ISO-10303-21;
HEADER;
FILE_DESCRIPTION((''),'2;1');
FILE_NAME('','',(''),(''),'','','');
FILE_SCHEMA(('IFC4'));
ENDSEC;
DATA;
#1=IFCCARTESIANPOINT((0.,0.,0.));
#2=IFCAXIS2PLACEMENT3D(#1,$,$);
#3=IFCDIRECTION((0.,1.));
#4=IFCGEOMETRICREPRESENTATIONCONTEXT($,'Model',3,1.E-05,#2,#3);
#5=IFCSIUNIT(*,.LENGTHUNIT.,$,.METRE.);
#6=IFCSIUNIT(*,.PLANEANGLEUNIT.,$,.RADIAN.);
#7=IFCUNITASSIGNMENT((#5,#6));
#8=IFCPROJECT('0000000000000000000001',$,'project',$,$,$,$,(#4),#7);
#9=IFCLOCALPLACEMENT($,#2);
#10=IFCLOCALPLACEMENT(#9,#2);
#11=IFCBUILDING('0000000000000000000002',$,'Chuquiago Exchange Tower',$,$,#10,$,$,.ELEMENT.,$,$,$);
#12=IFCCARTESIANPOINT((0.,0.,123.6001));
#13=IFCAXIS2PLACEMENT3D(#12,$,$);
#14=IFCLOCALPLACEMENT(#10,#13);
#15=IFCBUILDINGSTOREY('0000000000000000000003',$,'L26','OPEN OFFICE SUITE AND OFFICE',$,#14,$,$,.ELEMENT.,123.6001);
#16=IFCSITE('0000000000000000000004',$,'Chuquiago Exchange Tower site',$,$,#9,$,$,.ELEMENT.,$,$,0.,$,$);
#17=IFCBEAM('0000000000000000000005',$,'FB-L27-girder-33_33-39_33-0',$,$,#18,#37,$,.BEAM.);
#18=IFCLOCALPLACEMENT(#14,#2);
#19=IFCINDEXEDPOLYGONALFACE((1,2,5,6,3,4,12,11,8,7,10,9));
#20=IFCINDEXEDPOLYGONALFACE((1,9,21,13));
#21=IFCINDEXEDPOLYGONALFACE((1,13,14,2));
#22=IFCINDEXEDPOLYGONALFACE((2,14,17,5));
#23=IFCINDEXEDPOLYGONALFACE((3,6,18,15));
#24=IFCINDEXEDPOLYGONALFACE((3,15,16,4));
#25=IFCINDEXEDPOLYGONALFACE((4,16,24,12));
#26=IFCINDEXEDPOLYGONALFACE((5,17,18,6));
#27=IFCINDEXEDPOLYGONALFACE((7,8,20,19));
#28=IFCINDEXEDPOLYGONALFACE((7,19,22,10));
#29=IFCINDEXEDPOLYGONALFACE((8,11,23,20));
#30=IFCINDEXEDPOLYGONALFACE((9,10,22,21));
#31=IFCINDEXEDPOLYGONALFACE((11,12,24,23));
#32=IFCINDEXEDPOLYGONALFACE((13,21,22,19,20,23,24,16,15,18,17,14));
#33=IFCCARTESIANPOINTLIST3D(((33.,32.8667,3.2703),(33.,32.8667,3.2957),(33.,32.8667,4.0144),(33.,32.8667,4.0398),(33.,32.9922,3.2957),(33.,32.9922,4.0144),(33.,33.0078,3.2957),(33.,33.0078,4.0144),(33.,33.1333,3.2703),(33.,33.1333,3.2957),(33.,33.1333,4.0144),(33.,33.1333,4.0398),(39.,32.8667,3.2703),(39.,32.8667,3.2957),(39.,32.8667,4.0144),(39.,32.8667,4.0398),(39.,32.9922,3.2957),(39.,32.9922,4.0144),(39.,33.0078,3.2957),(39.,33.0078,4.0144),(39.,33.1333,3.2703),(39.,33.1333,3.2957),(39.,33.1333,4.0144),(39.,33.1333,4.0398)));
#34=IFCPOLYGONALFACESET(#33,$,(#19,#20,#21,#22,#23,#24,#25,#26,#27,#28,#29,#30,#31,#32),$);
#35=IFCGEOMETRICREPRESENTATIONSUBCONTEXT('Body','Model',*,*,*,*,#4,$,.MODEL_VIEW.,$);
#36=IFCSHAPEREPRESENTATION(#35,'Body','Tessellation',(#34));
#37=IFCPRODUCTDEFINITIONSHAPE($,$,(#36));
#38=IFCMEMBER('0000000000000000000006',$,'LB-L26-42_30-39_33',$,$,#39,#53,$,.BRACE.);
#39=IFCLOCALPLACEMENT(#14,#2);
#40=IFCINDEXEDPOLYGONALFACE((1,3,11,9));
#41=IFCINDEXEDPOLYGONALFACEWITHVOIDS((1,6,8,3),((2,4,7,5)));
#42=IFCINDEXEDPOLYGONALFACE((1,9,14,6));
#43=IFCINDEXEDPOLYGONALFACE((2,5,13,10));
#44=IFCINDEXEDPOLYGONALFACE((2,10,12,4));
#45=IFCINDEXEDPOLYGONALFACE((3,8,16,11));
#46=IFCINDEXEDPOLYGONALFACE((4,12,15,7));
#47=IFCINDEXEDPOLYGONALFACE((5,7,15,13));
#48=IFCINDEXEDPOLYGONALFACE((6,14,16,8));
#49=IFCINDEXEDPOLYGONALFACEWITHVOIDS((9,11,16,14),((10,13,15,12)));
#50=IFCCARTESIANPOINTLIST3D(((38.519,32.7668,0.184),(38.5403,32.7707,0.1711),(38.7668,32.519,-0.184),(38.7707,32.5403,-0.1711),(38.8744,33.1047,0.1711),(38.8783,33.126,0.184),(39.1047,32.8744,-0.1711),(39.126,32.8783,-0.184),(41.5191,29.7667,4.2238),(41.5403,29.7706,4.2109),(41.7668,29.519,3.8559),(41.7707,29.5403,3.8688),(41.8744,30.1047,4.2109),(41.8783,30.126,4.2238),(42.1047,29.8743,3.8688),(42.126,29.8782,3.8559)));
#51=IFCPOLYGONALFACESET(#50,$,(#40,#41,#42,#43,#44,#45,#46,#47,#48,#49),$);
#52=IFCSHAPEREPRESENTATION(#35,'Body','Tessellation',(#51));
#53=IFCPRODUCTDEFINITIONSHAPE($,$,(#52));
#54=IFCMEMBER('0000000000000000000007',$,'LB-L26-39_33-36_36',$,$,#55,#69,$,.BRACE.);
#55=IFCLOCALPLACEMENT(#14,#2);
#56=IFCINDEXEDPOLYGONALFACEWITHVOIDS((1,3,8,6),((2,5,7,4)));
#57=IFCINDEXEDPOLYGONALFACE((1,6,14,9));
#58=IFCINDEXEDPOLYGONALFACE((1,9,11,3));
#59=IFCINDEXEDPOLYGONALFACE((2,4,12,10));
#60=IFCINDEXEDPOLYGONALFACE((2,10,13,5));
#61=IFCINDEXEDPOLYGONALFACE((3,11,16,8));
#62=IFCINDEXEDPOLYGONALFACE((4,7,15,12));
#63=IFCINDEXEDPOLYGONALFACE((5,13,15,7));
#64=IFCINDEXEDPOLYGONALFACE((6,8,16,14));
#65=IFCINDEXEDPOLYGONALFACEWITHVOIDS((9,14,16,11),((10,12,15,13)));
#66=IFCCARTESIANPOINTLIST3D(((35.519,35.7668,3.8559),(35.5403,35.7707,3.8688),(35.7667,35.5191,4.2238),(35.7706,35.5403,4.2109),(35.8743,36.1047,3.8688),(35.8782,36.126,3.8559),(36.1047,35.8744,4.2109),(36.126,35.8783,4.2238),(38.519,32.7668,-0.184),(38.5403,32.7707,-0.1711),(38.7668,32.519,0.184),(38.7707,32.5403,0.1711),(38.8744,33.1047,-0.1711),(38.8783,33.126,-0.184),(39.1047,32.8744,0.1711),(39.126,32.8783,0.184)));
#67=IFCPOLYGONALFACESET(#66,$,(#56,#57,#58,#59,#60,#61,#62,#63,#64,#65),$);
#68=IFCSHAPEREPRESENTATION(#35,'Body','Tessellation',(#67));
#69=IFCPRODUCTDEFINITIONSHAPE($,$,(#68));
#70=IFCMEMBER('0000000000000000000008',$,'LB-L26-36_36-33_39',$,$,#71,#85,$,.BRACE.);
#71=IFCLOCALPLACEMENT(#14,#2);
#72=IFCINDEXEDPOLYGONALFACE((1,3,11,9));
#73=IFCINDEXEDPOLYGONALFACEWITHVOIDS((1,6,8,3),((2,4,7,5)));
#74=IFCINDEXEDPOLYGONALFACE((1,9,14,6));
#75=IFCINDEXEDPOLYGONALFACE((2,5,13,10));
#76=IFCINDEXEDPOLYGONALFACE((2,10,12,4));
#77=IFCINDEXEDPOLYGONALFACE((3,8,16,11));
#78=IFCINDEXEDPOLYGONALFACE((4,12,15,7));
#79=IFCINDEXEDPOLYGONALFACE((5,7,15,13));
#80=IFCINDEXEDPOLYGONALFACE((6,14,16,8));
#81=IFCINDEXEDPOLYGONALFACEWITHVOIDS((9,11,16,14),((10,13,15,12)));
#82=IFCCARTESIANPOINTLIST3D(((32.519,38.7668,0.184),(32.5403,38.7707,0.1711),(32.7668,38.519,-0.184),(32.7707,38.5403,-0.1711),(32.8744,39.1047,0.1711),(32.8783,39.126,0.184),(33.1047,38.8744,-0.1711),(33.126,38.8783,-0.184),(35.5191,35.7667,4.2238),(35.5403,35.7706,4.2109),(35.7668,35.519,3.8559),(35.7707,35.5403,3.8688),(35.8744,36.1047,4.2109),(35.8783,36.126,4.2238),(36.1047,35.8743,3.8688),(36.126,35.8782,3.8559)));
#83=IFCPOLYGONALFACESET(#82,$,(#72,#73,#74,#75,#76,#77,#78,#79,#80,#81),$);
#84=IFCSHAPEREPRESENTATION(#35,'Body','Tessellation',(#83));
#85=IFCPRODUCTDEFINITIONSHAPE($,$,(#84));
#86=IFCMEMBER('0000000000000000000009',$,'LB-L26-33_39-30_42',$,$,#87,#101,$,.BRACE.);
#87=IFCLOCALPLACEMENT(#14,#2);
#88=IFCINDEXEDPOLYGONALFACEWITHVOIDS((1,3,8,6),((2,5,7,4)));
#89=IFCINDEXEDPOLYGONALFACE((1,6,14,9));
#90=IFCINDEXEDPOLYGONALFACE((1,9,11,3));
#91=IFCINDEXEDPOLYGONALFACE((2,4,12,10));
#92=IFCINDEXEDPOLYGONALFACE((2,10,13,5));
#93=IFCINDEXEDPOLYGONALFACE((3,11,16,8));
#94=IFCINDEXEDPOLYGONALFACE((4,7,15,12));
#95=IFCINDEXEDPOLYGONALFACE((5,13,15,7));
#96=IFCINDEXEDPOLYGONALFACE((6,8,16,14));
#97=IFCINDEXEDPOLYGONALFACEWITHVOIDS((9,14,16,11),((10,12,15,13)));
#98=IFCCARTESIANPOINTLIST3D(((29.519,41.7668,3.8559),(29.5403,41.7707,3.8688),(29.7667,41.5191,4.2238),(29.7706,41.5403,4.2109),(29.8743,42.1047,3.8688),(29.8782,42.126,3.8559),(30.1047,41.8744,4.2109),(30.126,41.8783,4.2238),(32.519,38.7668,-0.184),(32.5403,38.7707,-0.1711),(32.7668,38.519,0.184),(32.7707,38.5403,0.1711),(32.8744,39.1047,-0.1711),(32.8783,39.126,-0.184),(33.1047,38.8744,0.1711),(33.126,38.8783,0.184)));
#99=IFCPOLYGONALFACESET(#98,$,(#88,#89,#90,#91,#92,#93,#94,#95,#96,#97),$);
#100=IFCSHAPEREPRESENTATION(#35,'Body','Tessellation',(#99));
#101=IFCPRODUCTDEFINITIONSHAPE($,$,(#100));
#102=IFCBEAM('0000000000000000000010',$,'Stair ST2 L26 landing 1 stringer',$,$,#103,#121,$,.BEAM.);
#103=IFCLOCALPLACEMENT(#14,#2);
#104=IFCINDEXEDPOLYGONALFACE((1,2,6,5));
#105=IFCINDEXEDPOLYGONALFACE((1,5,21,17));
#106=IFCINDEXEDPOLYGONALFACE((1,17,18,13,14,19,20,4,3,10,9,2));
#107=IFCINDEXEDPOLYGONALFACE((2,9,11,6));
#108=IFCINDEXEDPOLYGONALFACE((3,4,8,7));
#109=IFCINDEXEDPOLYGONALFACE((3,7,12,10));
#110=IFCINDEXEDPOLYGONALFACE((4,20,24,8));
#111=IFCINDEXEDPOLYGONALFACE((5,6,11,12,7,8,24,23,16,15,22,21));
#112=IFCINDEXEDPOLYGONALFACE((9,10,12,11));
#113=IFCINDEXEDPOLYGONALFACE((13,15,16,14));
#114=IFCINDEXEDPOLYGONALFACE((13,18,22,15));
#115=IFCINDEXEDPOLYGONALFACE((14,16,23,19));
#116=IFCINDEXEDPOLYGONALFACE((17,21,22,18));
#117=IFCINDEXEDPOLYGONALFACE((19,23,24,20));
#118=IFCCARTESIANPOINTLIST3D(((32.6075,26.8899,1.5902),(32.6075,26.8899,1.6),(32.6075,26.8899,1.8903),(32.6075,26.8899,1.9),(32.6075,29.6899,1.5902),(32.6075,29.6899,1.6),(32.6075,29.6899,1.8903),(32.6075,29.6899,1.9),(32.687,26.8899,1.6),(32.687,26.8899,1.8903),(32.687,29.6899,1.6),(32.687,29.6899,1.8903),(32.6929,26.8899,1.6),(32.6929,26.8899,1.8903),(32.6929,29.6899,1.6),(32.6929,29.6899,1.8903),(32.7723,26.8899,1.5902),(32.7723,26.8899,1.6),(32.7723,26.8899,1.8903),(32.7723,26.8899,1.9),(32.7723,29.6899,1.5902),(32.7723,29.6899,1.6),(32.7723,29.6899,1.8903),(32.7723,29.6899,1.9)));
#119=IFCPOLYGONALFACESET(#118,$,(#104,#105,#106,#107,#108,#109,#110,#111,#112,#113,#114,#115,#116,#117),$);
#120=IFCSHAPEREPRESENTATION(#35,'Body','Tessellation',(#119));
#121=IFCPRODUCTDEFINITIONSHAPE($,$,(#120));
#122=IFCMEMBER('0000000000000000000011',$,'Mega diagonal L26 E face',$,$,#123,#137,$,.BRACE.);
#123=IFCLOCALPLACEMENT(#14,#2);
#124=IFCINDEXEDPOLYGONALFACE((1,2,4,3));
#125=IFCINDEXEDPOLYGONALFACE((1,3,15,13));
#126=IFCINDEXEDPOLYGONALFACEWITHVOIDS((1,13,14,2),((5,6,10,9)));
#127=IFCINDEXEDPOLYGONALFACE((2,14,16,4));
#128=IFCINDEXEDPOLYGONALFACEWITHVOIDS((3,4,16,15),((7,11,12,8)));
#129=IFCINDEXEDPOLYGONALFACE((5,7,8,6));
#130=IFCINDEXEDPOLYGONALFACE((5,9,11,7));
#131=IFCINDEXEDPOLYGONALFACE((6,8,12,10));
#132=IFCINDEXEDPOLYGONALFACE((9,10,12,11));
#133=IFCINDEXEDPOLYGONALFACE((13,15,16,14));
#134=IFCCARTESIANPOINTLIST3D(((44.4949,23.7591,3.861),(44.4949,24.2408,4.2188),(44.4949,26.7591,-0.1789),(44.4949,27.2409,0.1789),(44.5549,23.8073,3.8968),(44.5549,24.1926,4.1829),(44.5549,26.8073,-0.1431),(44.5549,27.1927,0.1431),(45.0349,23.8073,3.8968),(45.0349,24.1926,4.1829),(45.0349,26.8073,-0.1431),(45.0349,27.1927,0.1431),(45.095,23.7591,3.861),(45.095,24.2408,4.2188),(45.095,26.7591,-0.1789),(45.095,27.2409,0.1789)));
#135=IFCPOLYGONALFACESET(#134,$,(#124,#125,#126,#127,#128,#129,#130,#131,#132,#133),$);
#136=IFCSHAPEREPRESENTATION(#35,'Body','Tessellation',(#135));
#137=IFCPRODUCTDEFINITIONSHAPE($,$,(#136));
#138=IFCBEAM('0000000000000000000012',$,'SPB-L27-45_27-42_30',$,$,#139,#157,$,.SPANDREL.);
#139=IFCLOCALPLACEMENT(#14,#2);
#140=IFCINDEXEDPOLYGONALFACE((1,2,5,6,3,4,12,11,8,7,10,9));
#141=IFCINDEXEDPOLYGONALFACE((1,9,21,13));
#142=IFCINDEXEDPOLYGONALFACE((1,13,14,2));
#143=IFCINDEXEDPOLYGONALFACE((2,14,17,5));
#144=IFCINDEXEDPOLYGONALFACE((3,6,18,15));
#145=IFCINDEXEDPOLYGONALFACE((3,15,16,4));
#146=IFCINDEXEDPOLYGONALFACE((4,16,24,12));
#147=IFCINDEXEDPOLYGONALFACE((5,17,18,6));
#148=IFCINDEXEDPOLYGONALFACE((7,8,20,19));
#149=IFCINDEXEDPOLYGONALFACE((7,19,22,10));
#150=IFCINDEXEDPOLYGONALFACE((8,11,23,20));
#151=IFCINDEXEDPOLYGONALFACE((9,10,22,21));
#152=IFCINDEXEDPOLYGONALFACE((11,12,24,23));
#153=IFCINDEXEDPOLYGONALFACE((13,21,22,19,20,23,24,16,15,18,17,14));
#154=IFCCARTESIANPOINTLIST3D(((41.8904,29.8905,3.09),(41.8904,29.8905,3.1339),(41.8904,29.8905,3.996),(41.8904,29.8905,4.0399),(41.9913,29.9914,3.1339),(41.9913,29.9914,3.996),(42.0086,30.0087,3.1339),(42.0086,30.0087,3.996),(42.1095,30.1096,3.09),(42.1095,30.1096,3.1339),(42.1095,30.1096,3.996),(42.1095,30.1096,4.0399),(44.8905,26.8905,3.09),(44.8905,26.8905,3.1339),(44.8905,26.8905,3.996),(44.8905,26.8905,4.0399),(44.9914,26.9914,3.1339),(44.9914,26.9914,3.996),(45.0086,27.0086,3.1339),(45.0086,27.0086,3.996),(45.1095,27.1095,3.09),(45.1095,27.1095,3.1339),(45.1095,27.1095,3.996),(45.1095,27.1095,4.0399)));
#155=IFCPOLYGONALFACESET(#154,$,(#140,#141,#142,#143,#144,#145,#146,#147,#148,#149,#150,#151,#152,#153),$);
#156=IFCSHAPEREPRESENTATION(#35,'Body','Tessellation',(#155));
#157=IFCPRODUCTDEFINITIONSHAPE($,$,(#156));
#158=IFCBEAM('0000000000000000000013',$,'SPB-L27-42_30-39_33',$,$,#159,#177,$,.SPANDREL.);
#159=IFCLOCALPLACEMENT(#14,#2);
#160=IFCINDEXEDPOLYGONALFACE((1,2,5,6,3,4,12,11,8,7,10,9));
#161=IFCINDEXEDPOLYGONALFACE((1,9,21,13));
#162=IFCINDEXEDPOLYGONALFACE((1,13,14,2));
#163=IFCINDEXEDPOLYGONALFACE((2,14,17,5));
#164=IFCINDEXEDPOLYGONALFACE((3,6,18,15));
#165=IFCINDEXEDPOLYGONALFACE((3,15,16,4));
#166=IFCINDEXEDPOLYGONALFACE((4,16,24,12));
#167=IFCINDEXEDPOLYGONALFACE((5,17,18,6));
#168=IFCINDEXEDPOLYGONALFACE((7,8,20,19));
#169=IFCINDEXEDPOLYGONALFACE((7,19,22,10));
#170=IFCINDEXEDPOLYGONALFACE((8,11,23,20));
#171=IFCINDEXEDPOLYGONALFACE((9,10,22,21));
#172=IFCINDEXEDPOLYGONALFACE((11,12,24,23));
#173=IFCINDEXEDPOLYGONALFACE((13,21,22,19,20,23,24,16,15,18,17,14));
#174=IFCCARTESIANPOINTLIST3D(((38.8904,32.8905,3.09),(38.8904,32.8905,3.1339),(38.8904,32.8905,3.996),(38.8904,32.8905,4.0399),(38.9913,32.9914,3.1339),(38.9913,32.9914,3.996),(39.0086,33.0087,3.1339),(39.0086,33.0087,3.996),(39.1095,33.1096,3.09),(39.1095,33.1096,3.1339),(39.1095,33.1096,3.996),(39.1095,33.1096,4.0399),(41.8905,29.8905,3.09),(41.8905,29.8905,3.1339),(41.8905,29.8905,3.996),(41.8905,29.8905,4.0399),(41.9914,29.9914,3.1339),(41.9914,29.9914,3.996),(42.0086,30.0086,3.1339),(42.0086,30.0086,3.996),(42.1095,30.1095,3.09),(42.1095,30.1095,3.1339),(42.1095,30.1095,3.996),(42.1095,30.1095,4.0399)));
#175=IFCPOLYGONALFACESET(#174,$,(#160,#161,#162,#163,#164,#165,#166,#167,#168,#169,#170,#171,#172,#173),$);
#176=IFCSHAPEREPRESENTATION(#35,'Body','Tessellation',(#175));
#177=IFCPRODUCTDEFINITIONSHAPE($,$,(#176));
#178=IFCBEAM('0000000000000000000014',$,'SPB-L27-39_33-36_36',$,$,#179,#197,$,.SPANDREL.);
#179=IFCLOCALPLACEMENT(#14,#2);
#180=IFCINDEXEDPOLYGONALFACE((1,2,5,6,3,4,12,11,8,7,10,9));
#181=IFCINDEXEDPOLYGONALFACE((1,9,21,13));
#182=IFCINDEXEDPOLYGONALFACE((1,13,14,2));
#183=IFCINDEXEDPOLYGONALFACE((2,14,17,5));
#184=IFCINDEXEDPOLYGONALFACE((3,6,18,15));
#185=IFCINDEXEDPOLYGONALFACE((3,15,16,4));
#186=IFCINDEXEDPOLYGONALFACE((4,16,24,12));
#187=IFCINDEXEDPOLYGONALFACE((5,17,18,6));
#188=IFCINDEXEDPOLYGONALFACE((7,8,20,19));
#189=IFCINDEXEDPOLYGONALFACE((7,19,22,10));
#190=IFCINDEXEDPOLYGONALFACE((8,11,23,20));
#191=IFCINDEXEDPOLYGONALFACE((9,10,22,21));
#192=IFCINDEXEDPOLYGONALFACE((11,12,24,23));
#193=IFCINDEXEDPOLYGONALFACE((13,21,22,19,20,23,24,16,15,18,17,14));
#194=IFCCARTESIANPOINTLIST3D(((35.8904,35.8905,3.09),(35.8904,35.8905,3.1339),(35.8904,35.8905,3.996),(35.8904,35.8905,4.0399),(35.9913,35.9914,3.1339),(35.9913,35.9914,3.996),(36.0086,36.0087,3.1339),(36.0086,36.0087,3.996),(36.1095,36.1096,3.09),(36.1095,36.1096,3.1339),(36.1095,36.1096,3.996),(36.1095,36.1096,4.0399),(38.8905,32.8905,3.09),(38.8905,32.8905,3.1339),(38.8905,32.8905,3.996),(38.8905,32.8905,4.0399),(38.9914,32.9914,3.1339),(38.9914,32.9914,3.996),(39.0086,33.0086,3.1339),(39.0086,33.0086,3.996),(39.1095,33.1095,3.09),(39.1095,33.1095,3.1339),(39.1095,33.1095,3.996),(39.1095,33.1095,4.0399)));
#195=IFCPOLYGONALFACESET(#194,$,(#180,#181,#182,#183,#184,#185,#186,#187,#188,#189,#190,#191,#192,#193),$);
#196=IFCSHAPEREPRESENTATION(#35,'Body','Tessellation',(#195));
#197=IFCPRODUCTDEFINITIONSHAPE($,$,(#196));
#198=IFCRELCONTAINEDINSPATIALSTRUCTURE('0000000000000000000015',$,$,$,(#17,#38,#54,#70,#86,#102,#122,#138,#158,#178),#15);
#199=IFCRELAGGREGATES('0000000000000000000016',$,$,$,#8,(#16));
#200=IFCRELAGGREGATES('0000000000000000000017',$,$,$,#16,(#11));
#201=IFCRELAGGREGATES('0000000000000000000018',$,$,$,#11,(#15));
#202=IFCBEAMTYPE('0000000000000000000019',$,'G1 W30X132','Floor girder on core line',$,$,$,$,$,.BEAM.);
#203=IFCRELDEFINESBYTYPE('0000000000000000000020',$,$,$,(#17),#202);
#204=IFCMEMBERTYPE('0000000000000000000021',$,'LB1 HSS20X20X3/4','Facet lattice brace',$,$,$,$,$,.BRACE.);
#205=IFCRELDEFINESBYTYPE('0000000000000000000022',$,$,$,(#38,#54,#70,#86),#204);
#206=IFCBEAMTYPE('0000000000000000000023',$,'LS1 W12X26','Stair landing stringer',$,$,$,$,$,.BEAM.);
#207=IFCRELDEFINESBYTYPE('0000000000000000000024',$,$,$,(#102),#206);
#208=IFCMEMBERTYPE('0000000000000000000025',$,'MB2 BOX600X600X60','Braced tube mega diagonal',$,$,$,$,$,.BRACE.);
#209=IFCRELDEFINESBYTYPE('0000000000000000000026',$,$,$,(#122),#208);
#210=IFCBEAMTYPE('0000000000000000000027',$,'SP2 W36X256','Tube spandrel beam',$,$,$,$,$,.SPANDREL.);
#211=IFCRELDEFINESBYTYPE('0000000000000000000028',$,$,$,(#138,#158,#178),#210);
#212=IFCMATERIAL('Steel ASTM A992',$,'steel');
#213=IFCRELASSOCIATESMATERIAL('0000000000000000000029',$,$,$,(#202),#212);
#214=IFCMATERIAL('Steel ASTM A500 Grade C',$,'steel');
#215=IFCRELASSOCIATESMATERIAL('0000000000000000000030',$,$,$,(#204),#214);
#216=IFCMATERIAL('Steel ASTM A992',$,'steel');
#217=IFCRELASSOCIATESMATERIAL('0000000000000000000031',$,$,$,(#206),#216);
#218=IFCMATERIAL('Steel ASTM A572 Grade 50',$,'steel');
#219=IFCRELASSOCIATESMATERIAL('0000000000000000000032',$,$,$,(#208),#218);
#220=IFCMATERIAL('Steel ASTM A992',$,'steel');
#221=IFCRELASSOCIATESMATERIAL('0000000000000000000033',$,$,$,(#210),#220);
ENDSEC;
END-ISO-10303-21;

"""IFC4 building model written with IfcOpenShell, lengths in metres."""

from ifc_helpers import new_model, si_unit, direction, frame, origin, origin_2d, place, context, subcontext, project, spatial, hollow_rectangle, i_section, extrude, material, material_profile, profile_set, type_object, element, save


model = new_model("IFC4")

# Units and contexts
model_context = context("Model", 3, precision=1e-05, world=origin(), true_north=direction((0.0, 1.0)))
body_context = subcontext(model_context, "Body", "Model", "MODEL_VIEW")
ifc_project = project(units=[si_unit("LENGTHUNIT", "METRE"), si_unit("PLANEANGLEUNIT", "RADIAN")], contexts=[model_context])

# Site, building, storey
site_placement = place(None, origin())
site = spatial("IfcSite", under=ifc_project, at=site_placement, Name="Chuquiago Exchange Tower site", CompositionType="ELEMENT", RefElevation=0.0)
building_placement = place(site_placement, origin())
building = spatial("IfcBuilding", under=site, at=building_placement, Name="Chuquiago Exchange Tower", CompositionType="ELEMENT")
storey_placement = place(building_placement, frame((0.0, 0.0, 123.6001)))
storey = spatial("IfcBuildingStorey", under=building, at=storey_placement, Name="L26", Description="OPEN OFFICE SUITE AND OFFICE", CompositionType="ELEMENT", Elevation=123.6001)

# Beam
ifc_material_1 = material(Name="Steel ASTM A992", Category="steel")
ifc_material_profile_1 = material_profile(ifc_material_1, i_section(OverallWidth=0.2666, OverallDepth=0.7695, WebThickness=0.0156, FlangeThickness=0.0254, at=origin_2d()), Name="W30X132")
ifc_profile_set_1 = profile_set([ifc_material_profile_1], Name="Steel ASTM A992")
beam_type_1 = type_object("IfcBeamType", Name="G1 W30X132", Description="Floor girder on core line", PredefinedType="BEAM", material=ifc_profile_set_1)
for number, where, z_axis, x_axis, name in (
    (1, (33.0, 33.0, 3.655), (1.0, 0.0, 0.0), (0.0, 1.0, 0.0), "FB-L27-girder-33_33-39_33-0"),
):
    element("IfcBeam", number, at=place(storey_placement, frame(where, z_axis=z_axis, x_axis=x_axis)), inside=storey, type_object=beam_type_1, Name=name, PredefinedType="BEAM", context=body_context, shape_type="SweptSolid", body=[
        extrude(i_section(OverallWidth=0.2666, OverallDepth=0.7695, WebThickness=0.0156, FlangeThickness=0.0254, at=origin_2d()), origin(), (0.0, 0.0, 1.0), 6.0),
    ])

# Members
ifc_material_2 = material(Name="Steel ASTM A500 Grade C", Category="steel")
ifc_material_profile_2 = material_profile(ifc_material_2, hollow_rectangle(XDim=0.5081, YDim=0.5081, WallThickness=0.0178, at=origin_2d()), Name="HSS20X20X3/4")
ifc_profile_set_2 = profile_set([ifc_material_profile_2], Name="Steel ASTM A500 Grade C")
member_type_1 = type_object("IfcMemberType", Name="LB1 HSS20X20X3/4", Description="Facet lattice brace", PredefinedType="BRACE", material=ifc_profile_set_2)
for number, where, z_axis, x_axis, name in (
    (2, (38.8225, 32.8225, 0.0), (0.512092, -0.512092, 0.689582), (0.707107, 0.707107, 0.0), "LB-L26-42_30-39_33"),
    (3, (38.8225, 32.8225, 0.0), (-0.512092, 0.512092, 0.689582), (-0.707107, -0.707107, 0.0), "LB-L26-39_33-36_36"),
    (4, (32.8225, 38.8225, 0.0), (0.512092, -0.512092, 0.689582), (0.707107, 0.707107, 0.0), "LB-L26-36_36-33_39"),
    (5, (32.8225, 38.8225, 0.0), (-0.512092, 0.512092, 0.689582), (-0.707107, -0.707107, 0.0), "LB-L26-33_39-30_42"),
):
    element("IfcMember", number, at=place(storey_placement, frame(where, z_axis=z_axis, x_axis=x_axis)), inside=storey, type_object=member_type_1, Name=name, PredefinedType="BRACE", context=body_context, shape_type="SweptSolid", body=[
        extrude(hollow_rectangle(XDim=0.5081, YDim=0.5081, WallThickness=0.0178, at=origin_2d()), origin(), (0.0, 0.0, 1.0), 5.8584),
    ])

# Beam
ifc_material_3 = material(Name="Steel ASTM A992", Category="steel")
ifc_material_profile_3 = material_profile(ifc_material_3, i_section(OverallWidth=0.1648, OverallDepth=0.3098, WebThickness=0.0059, FlangeThickness=0.0098, at=origin_2d()), Name="W12X26")
ifc_profile_set_3 = profile_set([ifc_material_profile_3], Name="Steel ASTM A992")
beam_type_2 = type_object("IfcBeamType", Name="LS1 W12X26", Description="Stair landing stringer", PredefinedType="BEAM", material=ifc_profile_set_3)
beam_1_placement = place(storey_placement, frame((32.6899, 26.8899, 1.7451), z_axis=(0.0, 1.0, 0.0), x_axis=(-1.0, 0.0, 0.0)))
element("IfcBeam", 6, at=beam_1_placement, inside=storey, type_object=beam_type_2, Name="Stair ST2 L26 landing 1 stringer", PredefinedType="BEAM", context=body_context, shape_type="SweptSolid", body=[
    extrude(i_section(OverallWidth=0.1648, OverallDepth=0.3098, WebThickness=0.0059, FlangeThickness=0.0098, at=origin_2d()), origin(), (0.0, 0.0, 1.0), 2.8),
])

# Member
ifc_material_4 = material(Name="Steel ASTM A572 Grade 50", Category="steel")
ifc_material_profile_4 = material_profile(ifc_material_4, hollow_rectangle(XDim=0.6001, YDim=0.6001, WallThickness=0.0601, at=origin_2d()), Name="BOX600X600X60")
ifc_profile_set_4 = profile_set([ifc_material_profile_4], Name="Steel ASTM A572 Grade 50")
member_type_2 = type_object("IfcMemberType", Name="MB2 BOX600X600X60", Description="Braced tube mega diagonal", PredefinedType="BRACE", material=ifc_profile_set_4)
member_1_placement = place(storey_placement, frame((44.7949, 27.0, 0.0), z_axis=(0.0, -0.596197, 0.802838), x_axis=(1.0, 0.0, 0.0)))
element("IfcMember", 7, at=member_1_placement, inside=storey, type_object=member_type_2, Name="Mega diagonal L26 E face", PredefinedType="BRACE", context=body_context, shape_type="SweptSolid", body=[
    extrude(hollow_rectangle(XDim=0.6001, YDim=0.6001, WallThickness=0.0601, at=origin_2d()), origin(), (0.0, 0.0, 1.0), 5.032),
])

# Beams
ifc_material_5 = material(Name="Steel ASTM A992", Category="steel")
ifc_material_profile_5 = material_profile(ifc_material_5, i_section(OverallWidth=0.3098, OverallDepth=0.95, WebThickness=0.0244, FlangeThickness=0.0439, at=origin_2d()), Name="W36X256")
ifc_profile_set_5 = profile_set([ifc_material_profile_5], Name="Steel ASTM A992")
beam_type_3 = type_object("IfcBeamType", Name="SP2 W36X256", Description="Tube spandrel beam", PredefinedType="SPANDREL", material=ifc_profile_set_5)
for number, where, z_axis, x_axis, name in (
    (8, (45.0, 27.0, 3.5649), (-0.707107, 0.707107, 0.0), (-0.707107, -0.707107, 0.0), "SPB-L27-45_27-42_30"),
    (9, (42.0, 30.0, 3.5649), (-0.707107, 0.707107, 0.0), (-0.707107, -0.707107, 0.0), "SPB-L27-42_30-39_33"),
    (10, (39.0, 33.0, 3.5649), (-0.707107, 0.707107, 0.0), (-0.707107, -0.707107, 0.0), "SPB-L27-39_33-36_36"),
):
    element("IfcBeam", number, at=place(storey_placement, frame(where, z_axis=z_axis, x_axis=x_axis)), inside=storey, type_object=beam_type_3, Name=name, PredefinedType="SPANDREL", context=body_context, shape_type="SweptSolid", body=[
        extrude(i_section(OverallWidth=0.3098, OverallDepth=0.95, WebThickness=0.0244, FlangeThickness=0.0439, at=origin_2d()), origin(), (0.0, 0.0, 1.0), 4.2427),
    ])

save(model, "model.ifc")
